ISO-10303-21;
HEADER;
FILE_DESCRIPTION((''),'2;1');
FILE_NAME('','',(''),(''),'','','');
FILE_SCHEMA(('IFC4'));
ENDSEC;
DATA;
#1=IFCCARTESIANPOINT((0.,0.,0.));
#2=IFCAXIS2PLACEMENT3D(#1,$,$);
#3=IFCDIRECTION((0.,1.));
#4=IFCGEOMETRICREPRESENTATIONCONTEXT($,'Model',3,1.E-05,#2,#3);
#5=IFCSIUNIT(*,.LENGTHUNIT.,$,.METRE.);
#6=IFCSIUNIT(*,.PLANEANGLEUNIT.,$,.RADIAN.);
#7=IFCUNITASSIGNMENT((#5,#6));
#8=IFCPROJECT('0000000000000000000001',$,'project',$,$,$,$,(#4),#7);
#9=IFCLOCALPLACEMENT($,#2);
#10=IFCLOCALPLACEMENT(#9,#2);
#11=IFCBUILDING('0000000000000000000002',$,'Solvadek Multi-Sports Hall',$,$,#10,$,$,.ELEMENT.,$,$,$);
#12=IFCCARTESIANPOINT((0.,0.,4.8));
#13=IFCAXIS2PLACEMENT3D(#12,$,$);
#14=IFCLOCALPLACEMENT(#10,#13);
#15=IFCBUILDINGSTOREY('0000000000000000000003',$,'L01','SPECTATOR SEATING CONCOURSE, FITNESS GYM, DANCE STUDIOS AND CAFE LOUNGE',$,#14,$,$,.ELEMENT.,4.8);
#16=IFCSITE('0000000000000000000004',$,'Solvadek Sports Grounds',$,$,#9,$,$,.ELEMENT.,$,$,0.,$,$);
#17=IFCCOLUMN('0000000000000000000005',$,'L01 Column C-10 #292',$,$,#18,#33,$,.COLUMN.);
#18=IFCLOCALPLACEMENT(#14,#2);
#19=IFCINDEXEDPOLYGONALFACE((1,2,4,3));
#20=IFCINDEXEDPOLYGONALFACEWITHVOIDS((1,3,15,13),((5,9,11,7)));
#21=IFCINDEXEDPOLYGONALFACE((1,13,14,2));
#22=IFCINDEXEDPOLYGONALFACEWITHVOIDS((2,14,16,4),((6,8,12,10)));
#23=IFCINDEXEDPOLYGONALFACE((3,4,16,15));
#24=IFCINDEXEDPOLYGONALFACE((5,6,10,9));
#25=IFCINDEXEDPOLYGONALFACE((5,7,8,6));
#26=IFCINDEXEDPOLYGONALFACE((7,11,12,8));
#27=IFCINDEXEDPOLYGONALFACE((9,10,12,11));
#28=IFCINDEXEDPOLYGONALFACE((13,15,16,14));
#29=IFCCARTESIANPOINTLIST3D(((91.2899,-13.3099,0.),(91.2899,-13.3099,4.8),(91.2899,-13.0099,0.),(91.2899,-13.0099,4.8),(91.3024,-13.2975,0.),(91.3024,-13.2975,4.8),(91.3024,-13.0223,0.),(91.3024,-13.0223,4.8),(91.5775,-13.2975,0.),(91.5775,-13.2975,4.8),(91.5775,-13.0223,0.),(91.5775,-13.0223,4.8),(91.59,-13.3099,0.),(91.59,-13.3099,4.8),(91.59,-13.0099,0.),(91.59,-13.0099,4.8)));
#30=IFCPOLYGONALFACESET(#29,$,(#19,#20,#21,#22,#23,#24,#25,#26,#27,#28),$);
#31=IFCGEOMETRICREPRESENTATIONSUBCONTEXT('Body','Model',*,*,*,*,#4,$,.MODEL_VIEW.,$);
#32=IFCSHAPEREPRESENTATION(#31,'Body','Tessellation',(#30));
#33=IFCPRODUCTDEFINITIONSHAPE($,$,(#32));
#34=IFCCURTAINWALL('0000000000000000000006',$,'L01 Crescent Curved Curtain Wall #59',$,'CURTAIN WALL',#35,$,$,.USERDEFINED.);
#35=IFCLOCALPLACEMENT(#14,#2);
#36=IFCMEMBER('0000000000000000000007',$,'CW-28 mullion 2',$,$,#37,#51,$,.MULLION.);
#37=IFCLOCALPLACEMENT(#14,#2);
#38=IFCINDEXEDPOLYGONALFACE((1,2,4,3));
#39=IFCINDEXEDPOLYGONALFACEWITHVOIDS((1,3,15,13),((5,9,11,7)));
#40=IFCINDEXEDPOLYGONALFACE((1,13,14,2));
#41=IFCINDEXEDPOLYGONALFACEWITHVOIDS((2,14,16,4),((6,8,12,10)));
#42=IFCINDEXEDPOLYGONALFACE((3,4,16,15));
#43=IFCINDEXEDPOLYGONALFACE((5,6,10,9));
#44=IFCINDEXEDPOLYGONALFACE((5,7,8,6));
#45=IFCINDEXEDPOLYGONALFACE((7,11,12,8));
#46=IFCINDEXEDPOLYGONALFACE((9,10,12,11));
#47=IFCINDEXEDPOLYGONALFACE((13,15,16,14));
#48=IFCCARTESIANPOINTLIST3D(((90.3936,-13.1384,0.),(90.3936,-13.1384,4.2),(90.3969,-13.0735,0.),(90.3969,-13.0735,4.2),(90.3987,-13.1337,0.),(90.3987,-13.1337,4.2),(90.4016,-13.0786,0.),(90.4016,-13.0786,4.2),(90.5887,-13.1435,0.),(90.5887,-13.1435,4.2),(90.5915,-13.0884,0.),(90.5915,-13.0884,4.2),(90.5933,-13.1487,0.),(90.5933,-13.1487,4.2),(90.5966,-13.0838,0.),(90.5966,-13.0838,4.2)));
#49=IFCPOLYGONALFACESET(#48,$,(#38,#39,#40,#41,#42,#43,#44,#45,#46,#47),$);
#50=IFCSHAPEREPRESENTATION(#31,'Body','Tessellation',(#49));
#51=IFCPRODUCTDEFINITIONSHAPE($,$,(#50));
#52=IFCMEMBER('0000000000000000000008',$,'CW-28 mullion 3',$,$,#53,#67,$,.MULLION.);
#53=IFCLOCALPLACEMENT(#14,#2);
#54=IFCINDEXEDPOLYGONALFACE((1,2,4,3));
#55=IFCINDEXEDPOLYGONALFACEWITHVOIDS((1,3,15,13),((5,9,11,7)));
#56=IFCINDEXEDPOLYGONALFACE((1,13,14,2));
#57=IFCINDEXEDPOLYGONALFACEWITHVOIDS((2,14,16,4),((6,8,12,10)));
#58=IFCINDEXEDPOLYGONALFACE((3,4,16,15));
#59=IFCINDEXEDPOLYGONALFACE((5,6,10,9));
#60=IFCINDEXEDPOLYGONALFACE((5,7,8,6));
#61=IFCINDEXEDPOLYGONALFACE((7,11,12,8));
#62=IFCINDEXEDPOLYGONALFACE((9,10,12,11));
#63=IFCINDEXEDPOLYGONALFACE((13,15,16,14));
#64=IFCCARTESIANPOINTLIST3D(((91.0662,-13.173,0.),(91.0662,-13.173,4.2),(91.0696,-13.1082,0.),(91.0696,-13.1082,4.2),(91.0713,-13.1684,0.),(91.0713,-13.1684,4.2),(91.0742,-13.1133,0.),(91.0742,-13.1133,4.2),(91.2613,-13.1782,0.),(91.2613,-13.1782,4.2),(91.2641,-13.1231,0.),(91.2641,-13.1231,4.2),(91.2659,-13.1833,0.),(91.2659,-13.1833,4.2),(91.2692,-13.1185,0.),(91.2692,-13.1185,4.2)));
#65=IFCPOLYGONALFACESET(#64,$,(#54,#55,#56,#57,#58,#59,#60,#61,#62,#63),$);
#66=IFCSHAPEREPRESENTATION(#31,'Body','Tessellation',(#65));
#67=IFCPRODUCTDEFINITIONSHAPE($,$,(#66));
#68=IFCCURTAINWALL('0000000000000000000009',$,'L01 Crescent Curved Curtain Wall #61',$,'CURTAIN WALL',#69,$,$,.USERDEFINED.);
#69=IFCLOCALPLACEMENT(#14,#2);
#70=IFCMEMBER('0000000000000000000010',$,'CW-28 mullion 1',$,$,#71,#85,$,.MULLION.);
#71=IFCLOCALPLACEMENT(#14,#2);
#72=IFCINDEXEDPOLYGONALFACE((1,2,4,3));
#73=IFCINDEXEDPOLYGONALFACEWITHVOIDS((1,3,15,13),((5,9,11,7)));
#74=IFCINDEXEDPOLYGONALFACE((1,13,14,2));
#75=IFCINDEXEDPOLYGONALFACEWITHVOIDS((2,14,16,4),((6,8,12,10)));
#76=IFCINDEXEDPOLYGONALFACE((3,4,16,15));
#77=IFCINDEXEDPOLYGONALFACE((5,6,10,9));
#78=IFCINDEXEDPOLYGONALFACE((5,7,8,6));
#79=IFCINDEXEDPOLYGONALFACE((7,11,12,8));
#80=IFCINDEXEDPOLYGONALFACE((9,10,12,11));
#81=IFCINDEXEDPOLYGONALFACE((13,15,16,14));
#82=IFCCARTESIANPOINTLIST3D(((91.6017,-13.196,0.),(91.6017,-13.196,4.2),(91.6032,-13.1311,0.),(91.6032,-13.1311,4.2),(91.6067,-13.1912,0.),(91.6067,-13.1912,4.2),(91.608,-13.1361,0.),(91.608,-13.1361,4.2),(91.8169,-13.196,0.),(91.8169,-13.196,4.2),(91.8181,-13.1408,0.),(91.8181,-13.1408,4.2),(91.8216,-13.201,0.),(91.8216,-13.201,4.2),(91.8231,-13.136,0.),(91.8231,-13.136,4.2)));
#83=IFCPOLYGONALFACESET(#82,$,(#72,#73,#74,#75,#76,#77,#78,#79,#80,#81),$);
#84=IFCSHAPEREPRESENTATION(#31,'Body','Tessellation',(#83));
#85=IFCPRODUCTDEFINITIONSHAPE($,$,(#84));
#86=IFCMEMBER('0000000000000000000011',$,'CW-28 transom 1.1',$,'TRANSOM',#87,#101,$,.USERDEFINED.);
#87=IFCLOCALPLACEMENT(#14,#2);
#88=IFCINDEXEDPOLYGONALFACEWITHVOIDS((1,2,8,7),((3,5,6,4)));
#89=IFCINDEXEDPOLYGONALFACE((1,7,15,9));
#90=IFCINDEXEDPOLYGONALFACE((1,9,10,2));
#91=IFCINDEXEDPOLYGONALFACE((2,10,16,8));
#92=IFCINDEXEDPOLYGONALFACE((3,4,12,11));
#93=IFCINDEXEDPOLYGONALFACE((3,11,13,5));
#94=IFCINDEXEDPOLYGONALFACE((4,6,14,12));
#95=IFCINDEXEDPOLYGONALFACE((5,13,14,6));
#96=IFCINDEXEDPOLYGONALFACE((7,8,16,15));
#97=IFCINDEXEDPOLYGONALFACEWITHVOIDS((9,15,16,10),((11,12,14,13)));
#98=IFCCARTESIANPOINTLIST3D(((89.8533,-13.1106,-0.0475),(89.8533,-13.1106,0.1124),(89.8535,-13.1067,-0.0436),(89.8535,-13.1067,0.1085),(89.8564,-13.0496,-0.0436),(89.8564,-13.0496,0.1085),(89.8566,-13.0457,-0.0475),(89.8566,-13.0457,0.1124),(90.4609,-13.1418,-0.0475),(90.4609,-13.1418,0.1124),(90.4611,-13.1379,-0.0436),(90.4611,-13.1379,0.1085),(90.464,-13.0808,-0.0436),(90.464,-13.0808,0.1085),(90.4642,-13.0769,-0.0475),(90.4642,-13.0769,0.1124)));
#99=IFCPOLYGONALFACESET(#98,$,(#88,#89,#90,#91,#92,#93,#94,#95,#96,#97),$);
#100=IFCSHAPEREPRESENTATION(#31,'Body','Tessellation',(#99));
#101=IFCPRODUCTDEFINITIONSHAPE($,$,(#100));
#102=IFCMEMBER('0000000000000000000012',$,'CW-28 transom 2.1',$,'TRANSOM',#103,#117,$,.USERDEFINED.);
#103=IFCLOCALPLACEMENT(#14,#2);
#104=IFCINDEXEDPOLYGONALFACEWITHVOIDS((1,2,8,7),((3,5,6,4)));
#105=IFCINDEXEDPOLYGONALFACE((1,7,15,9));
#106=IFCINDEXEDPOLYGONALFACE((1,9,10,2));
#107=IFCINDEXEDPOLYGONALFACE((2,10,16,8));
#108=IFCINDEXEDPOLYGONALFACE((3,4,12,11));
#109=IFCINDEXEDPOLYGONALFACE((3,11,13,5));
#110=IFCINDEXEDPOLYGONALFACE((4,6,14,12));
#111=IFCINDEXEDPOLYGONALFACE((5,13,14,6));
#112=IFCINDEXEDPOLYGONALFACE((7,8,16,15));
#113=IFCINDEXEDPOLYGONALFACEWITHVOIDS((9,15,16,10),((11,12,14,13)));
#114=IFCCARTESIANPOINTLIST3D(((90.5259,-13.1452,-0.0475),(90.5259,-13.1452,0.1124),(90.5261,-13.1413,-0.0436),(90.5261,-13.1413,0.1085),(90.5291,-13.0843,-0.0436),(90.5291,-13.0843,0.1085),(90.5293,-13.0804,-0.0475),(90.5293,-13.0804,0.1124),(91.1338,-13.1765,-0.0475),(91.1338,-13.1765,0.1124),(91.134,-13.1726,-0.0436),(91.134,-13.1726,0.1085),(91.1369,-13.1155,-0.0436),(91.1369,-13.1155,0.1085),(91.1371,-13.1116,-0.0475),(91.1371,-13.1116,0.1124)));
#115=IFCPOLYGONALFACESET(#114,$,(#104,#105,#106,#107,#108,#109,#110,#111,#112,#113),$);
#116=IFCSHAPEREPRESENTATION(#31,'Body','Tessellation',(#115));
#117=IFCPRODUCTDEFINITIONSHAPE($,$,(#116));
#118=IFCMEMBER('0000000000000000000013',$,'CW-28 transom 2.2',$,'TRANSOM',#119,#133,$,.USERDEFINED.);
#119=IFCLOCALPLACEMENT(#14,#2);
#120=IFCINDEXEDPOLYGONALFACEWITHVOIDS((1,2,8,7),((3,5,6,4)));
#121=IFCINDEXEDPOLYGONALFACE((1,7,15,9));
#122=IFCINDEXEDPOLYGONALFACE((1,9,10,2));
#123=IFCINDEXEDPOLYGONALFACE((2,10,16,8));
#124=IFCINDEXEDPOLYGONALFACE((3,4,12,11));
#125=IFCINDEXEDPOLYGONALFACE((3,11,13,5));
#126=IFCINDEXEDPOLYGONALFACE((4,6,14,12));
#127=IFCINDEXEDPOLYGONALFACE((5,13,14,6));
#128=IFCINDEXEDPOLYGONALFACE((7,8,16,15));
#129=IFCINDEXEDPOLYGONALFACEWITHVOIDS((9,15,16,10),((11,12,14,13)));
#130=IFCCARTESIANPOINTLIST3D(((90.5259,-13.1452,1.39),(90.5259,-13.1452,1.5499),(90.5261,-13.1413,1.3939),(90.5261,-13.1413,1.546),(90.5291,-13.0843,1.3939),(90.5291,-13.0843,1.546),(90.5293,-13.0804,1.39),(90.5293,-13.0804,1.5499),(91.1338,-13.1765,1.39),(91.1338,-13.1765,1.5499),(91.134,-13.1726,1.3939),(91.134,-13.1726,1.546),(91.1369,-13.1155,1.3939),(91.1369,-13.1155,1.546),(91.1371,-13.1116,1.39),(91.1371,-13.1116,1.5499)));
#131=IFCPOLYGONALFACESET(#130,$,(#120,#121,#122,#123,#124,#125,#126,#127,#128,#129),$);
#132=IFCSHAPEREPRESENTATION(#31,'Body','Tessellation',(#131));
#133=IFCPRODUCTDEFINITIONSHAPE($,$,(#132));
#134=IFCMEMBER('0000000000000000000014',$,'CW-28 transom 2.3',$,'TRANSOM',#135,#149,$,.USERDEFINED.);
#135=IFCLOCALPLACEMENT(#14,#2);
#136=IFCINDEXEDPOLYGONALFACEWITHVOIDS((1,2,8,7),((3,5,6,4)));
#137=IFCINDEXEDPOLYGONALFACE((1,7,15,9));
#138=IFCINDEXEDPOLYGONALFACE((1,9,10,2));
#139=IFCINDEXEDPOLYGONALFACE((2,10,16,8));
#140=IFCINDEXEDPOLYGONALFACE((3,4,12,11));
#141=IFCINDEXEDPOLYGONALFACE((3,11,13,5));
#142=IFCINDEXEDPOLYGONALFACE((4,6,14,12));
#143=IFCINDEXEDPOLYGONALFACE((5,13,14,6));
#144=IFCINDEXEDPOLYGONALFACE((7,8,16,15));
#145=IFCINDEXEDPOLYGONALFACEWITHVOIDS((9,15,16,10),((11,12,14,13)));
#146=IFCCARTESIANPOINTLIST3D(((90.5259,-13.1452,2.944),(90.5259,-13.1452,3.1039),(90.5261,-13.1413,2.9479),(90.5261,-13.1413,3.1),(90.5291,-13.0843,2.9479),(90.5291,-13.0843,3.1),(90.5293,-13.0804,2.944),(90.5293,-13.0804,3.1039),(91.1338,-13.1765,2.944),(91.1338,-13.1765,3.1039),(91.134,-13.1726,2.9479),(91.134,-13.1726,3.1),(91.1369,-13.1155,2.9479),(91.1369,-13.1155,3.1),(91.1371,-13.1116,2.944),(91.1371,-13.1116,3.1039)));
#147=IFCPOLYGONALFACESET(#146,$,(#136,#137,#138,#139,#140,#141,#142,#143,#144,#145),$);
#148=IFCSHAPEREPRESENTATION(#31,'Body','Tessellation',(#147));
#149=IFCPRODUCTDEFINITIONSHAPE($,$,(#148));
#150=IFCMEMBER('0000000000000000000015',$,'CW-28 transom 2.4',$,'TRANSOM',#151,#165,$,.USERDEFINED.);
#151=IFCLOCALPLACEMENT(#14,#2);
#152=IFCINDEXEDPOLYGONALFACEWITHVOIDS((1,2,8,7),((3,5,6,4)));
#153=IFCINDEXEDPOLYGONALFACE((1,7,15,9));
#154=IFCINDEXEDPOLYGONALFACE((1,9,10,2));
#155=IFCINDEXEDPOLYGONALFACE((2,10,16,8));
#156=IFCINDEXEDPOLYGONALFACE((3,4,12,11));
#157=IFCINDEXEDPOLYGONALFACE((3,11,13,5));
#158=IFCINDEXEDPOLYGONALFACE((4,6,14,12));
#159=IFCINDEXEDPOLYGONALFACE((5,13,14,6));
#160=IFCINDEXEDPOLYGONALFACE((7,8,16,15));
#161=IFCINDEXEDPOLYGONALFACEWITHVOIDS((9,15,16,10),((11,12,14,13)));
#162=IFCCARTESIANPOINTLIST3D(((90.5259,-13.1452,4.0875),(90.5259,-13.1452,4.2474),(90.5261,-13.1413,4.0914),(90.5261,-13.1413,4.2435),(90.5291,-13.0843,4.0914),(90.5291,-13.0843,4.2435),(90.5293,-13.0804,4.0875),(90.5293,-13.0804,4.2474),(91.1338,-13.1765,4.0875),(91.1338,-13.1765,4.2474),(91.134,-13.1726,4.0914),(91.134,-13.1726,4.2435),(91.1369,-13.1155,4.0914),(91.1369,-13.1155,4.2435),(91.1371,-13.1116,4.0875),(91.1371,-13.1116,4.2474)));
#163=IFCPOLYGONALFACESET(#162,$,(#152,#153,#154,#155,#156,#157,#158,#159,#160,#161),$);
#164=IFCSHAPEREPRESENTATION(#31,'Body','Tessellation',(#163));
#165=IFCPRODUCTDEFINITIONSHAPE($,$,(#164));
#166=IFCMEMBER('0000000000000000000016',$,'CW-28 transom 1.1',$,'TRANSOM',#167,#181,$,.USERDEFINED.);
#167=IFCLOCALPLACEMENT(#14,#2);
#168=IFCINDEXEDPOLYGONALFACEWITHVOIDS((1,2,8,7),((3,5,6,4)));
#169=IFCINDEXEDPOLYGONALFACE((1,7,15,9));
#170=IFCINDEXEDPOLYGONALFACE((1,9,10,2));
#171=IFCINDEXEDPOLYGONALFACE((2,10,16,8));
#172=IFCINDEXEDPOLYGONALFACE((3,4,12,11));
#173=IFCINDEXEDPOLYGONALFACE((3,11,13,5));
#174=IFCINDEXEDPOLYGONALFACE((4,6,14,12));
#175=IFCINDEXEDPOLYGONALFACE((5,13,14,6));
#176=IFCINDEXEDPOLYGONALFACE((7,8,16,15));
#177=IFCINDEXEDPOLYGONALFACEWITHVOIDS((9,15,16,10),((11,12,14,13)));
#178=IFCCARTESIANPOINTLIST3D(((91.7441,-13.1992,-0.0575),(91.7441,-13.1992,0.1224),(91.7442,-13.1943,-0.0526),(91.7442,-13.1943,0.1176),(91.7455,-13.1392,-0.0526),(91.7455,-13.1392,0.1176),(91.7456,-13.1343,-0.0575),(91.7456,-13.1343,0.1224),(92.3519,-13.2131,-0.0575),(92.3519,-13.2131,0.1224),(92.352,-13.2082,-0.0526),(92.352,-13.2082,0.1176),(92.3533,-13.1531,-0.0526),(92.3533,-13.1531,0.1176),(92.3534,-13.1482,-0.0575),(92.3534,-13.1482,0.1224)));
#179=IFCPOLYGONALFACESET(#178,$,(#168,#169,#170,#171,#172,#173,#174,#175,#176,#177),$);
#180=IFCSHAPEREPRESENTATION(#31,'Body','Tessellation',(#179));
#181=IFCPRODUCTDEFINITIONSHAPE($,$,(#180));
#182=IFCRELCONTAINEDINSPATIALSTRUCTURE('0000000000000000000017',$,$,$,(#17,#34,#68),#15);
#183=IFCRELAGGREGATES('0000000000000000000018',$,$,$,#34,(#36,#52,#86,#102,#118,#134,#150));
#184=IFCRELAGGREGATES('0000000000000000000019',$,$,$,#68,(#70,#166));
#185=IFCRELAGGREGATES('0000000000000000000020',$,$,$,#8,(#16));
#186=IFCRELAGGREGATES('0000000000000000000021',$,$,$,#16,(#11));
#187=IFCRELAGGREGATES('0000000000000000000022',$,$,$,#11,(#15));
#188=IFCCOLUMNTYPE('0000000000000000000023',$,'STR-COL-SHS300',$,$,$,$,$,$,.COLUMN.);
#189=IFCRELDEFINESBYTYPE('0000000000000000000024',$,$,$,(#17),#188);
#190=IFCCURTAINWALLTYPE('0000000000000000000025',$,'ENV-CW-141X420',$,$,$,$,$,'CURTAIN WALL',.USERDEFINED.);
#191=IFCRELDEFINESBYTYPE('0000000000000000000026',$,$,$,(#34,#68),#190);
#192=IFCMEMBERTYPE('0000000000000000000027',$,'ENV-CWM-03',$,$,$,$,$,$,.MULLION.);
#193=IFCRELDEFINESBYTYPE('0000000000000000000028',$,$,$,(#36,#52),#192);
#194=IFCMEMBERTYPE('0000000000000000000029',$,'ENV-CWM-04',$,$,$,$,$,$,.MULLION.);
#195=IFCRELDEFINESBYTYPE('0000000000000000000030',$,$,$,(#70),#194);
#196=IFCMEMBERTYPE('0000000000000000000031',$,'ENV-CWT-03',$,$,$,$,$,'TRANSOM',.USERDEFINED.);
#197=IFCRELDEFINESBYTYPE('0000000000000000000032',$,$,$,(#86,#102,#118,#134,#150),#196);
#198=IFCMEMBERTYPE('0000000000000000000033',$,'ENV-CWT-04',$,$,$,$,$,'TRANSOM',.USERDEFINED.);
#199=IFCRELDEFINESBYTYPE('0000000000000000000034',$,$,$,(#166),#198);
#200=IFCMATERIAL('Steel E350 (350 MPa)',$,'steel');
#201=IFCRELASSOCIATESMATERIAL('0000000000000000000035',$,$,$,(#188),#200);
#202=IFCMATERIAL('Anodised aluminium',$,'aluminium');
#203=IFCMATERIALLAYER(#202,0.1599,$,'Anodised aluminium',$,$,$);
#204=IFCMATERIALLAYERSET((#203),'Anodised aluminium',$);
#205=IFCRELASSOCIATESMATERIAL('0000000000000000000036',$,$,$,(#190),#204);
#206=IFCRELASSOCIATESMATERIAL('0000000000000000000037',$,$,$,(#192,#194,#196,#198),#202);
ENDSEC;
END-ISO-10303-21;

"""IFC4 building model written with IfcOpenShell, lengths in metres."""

from ifc_helpers import new_model, si_unit, direction, frame, origin, origin_2d, place, context, subcontext, project, spatial, hollow_rectangle, extrude, material, layer, layer_set, material_profile, profile_set, type_object, element, aggregate, save


model = new_model("IFC4")

# Units and contexts
model_context = context("Model", 3, precision=1e-05, world=origin(), true_north=direction((0.0, 1.0)))
body_context = subcontext(model_context, "Body", "Model", "MODEL_VIEW")
ifc_project = project(units=[si_unit("LENGTHUNIT", "METRE"), si_unit("PLANEANGLEUNIT", "RADIAN")], contexts=[model_context])

# Site, building, storey
site_placement = place(None, origin())
site = spatial("IfcSite", under=ifc_project, at=site_placement, Name="Solvadek Sports Grounds", CompositionType="ELEMENT", RefElevation=0.0)
building_placement = place(site_placement, origin())
building = spatial("IfcBuilding", under=site, at=building_placement, Name="Solvadek Multi-Sports Hall", CompositionType="ELEMENT")
storey_placement = place(building_placement, frame((0.0, 0.0, 4.8)))
storey = spatial("IfcBuildingStorey", under=building, at=storey_placement, Name="L01", Description="SPECTATOR SEATING CONCOURSE, FITNESS GYM, DANCE STUDIOS AND CAFE LOUNGE", CompositionType="ELEMENT", Elevation=4.8)

# Column
ifc_material_1 = material(Name="Steel E350 (350 MPa)", Category="steel")
ifc_material_profile_1 = material_profile(ifc_material_1, hollow_rectangle(XDim=0.3, YDim=0.3, WallThickness=0.0125, at=origin_2d()), Name="SHS 300x300x12.5")
ifc_profile_set_1 = profile_set([ifc_material_profile_1], Name="Steel E350 (350 MPa)")
column_type = type_object("IfcColumnType", Name="STR-COL-SHS300", PredefinedType="COLUMN", material=ifc_profile_set_1)
column_placement = place(storey_placement, frame((91.4399, -13.1599, 0.0), z_axis=(0.0, 0.0, 1.0), x_axis=(1.0, 0.0, 0.0)))
element("IfcColumn", 1, at=column_placement, inside=storey, type_object=column_type, Name="L01 Column C-10 #292", PredefinedType="COLUMN", context=body_context, shape_type="SweptSolid", body=[
    extrude(hollow_rectangle(XDim=0.3, YDim=0.3, WallThickness=0.0125, at=origin_2d()), origin(), (0.0, 0.0, 1.0), 4.8),
])

# Curtain wall, members
ifc_material_2 = material(Name="Anodised aluminium", Category="aluminium")
ifc_layer_1 = layer(ifc_material_2, 0.1599, Name="Anodised aluminium")
ifc_layer_set_1 = layer_set([ifc_layer_1], Name="Anodised aluminium")
curtain_wall_type = type_object("IfcCurtainWallType", Name="ENV-CW-141X420", ElementType="CURTAIN WALL", PredefinedType="USERDEFINED", material=ifc_layer_set_1)
curtain_wall_1_placement = place(storey_placement, origin())
curtain_wall_1 = element("IfcCurtainWall", 2, at=curtain_wall_1_placement, inside=storey, type_object=curtain_wall_type, Name="L01 Crescent Curved Curtain Wall #59", ObjectType="CURTAIN WALL", PredefinedType="USERDEFINED")
ifc_material_profile_2 = material_profile(ifc_material_2, hollow_rectangle(XDim=0.0649, YDim=0.2, WallThickness=0.0049, at=origin_2d()), Name="ALU-M 200x65x5")
ifc_profile_set_2 = profile_set([ifc_material_profile_2], Name="Anodised aluminium")
member_type_1 = type_object("IfcMemberType", Name="ENV-CWM-03", PredefinedType="MULLION", material=ifc_profile_set_2)
member_1_placement = place(storey_placement, frame((90.4951, -13.1111, 0.0), z_axis=(0.0, 0.0, 1.0), x_axis=(0.051552, 0.99867, 0.0)))
member_1 = element("IfcMember", 3, at=member_1_placement, type_object=member_type_1, Name="CW-28 mullion 2", PredefinedType="MULLION", context=body_context, shape_type="SweptSolid", body=[
    extrude(hollow_rectangle(XDim=0.0649, YDim=0.2, WallThickness=0.0049, at=origin_2d()), origin(), (0.0, 0.0, 1.0), 4.2),
])
member_2_placement = place(storey_placement, frame((91.1677, -13.1458, 0.0), z_axis=(0.0, 0.0, 1.0), x_axis=(0.051552, 0.99867, 0.0)))
member_2 = element("IfcMember", 4, at=member_2_placement, type_object=member_type_1, Name="CW-28 mullion 3", PredefinedType="MULLION", context=body_context, shape_type="SweptSolid", body=[
    extrude(hollow_rectangle(XDim=0.0649, YDim=0.2, WallThickness=0.0049, at=origin_2d()), origin(), (0.0, 0.0, 1.0), 4.2),
])

# Curtain wall, member
curtain_wall_2_placement = place(storey_placement, origin())
curtain_wall_2 = element("IfcCurtainWall", 5, at=curtain_wall_2_placement, inside=storey, type_object=curtain_wall_type, Name="L01 Crescent Curved Curtain Wall #61", ObjectType="CURTAIN WALL", PredefinedType="USERDEFINED")
ifc_material_profile_3 = material_profile(ifc_material_2, hollow_rectangle(XDim=0.0649, YDim=0.22, WallThickness=0.0049, at=origin_2d()), Name="ALU-M 220x65x5")
ifc_profile_set_3 = profile_set([ifc_material_profile_3], Name="Anodised aluminium")
member_type_2 = type_object("IfcMemberType", Name="ENV-CWM-04", PredefinedType="MULLION", material=ifc_profile_set_3)
member_3_placement = place(storey_placement, frame((91.7124, -13.166, 0.0), z_axis=(0.0, 0.0, 1.0), x_axis=(0.022688, 0.999743, 0.0)))
member_3 = element("IfcMember", 6, at=member_3_placement, type_object=member_type_2, Name="CW-28 mullion 1", PredefinedType="MULLION", context=body_context, shape_type="SweptSolid", body=[
    extrude(hollow_rectangle(XDim=0.0649, YDim=0.22, WallThickness=0.0049, at=origin_2d()), origin(), (0.0, 0.0, 1.0), 4.2),
])

# Members
ifc_material_profile_4 = material_profile(ifc_material_2, hollow_rectangle(XDim=0.0649, YDim=0.1599, WallThickness=0.0039, at=origin_2d()), Name="ALU-T 160x65x4")
ifc_profile_set_4 = profile_set([ifc_material_profile_4], Name="Anodised aluminium")
member_type_3 = type_object("IfcMemberType", Name="ENV-CWT-03", ElementType="TRANSOM", PredefinedType="USERDEFINED", material=ifc_profile_set_4)
member_4_placement = place(storey_placement, frame((89.855, -13.0781, 0.0325), z_axis=(0.99868, -0.051358, 0.0), x_axis=(0.051358, 0.99868, 0.0)))
member_4 = element("IfcMember", 7, at=member_4_placement, type_object=member_type_3, Name="CW-28 transom 1.1", ObjectType="TRANSOM", PredefinedType="USERDEFINED", context=body_context, shape_type="SweptSolid", body=[
    extrude(hollow_rectangle(XDim=0.0649, YDim=0.1599, WallThickness=0.0039, at=origin_2d()), origin(), (0.0, 0.0, 1.0), 0.6084),
])
member_5_placement = place(storey_placement, frame((90.5276, -13.1128, 0.0325), z_axis=(0.998681, -0.051338, 0.0), x_axis=(0.051338, 0.998681, 0.0)))
member_5 = element("IfcMember", 8, at=member_5_placement, type_object=member_type_3, Name="CW-28 transom 2.1", ObjectType="TRANSOM", PredefinedType="USERDEFINED", context=body_context, shape_type="SweptSolid", body=[
    extrude(hollow_rectangle(XDim=0.0649, YDim=0.1599, WallThickness=0.0039, at=origin_2d()), origin(), (0.0, 0.0, 1.0), 0.6086),
])
member_6_placement = place(storey_placement, frame((90.5276, -13.1128, 1.47), z_axis=(0.998681, -0.051338, 0.0), x_axis=(0.051338, 0.998681, 0.0)))
member_6 = element("IfcMember", 9, at=member_6_placement, type_object=member_type_3, Name="CW-28 transom 2.2", ObjectType="TRANSOM", PredefinedType="USERDEFINED", context=body_context, shape_type="SweptSolid", body=[
    extrude(hollow_rectangle(XDim=0.0649, YDim=0.1599, WallThickness=0.0039, at=origin_2d()), origin(), (0.0, 0.0, 1.0), 0.6086),
])
member_7_placement = place(storey_placement, frame((90.5276, -13.1128, 3.0239), z_axis=(0.998681, -0.051338, 0.0), x_axis=(0.051338, 0.998681, 0.0)))
member_7 = element("IfcMember", 10, at=member_7_placement, type_object=member_type_3, Name="CW-28 transom 2.3", ObjectType="TRANSOM", PredefinedType="USERDEFINED", context=body_context, shape_type="SweptSolid", body=[
    extrude(hollow_rectangle(XDim=0.0649, YDim=0.1599, WallThickness=0.0039, at=origin_2d()), origin(), (0.0, 0.0, 1.0), 0.6086),
])
member_8_placement = place(storey_placement, frame((90.5276, -13.1128, 4.1675), z_axis=(0.998681, -0.051338, 0.0), x_axis=(0.051338, 0.998681, 0.0)))
member_8 = element("IfcMember", 11, at=member_8_placement, type_object=member_type_3, Name="CW-28 transom 2.4", ObjectType="TRANSOM", PredefinedType="USERDEFINED", context=body_context, shape_type="SweptSolid", body=[
    extrude(hollow_rectangle(XDim=0.0649, YDim=0.1599, WallThickness=0.0039, at=origin_2d()), origin(), (0.0, 0.0, 1.0), 0.6086),
])
ifc_material_profile_5 = material_profile(ifc_material_2, hollow_rectangle(XDim=0.0649, YDim=0.1799, WallThickness=0.0049, at=origin_2d()), Name="ALU-T 180x65x5")
ifc_profile_set_5 = profile_set([ifc_material_profile_5], Name="Anodised aluminium")
member_type_4 = type_object("IfcMemberType", Name="ENV-CWT-04", ElementType="TRANSOM", PredefinedType="USERDEFINED", material=ifc_profile_set_5)
member_9_placement = place(storey_placement, frame((91.7449, -13.1667, 0.0325), z_axis=(0.999738, -0.022895, 0.0), x_axis=(0.022895, 0.999738, 0.0)))
member_9 = element("IfcMember", 12, at=member_9_placement, type_object=member_type_4, Name="CW-28 transom 1.1", ObjectType="TRANSOM", PredefinedType="USERDEFINED", context=body_context, shape_type="SweptSolid", body=[
    extrude(hollow_rectangle(XDim=0.0649, YDim=0.1799, WallThickness=0.0049, at=origin_2d()), origin(), (0.0, 0.0, 1.0), 0.6079),
])

aggregate(curtain_wall_1, [member_1, member_2, member_4, member_5, member_6, member_7, member_8])
aggregate(curtain_wall_2, [member_3, member_9])

save(model, "model.ifc")
